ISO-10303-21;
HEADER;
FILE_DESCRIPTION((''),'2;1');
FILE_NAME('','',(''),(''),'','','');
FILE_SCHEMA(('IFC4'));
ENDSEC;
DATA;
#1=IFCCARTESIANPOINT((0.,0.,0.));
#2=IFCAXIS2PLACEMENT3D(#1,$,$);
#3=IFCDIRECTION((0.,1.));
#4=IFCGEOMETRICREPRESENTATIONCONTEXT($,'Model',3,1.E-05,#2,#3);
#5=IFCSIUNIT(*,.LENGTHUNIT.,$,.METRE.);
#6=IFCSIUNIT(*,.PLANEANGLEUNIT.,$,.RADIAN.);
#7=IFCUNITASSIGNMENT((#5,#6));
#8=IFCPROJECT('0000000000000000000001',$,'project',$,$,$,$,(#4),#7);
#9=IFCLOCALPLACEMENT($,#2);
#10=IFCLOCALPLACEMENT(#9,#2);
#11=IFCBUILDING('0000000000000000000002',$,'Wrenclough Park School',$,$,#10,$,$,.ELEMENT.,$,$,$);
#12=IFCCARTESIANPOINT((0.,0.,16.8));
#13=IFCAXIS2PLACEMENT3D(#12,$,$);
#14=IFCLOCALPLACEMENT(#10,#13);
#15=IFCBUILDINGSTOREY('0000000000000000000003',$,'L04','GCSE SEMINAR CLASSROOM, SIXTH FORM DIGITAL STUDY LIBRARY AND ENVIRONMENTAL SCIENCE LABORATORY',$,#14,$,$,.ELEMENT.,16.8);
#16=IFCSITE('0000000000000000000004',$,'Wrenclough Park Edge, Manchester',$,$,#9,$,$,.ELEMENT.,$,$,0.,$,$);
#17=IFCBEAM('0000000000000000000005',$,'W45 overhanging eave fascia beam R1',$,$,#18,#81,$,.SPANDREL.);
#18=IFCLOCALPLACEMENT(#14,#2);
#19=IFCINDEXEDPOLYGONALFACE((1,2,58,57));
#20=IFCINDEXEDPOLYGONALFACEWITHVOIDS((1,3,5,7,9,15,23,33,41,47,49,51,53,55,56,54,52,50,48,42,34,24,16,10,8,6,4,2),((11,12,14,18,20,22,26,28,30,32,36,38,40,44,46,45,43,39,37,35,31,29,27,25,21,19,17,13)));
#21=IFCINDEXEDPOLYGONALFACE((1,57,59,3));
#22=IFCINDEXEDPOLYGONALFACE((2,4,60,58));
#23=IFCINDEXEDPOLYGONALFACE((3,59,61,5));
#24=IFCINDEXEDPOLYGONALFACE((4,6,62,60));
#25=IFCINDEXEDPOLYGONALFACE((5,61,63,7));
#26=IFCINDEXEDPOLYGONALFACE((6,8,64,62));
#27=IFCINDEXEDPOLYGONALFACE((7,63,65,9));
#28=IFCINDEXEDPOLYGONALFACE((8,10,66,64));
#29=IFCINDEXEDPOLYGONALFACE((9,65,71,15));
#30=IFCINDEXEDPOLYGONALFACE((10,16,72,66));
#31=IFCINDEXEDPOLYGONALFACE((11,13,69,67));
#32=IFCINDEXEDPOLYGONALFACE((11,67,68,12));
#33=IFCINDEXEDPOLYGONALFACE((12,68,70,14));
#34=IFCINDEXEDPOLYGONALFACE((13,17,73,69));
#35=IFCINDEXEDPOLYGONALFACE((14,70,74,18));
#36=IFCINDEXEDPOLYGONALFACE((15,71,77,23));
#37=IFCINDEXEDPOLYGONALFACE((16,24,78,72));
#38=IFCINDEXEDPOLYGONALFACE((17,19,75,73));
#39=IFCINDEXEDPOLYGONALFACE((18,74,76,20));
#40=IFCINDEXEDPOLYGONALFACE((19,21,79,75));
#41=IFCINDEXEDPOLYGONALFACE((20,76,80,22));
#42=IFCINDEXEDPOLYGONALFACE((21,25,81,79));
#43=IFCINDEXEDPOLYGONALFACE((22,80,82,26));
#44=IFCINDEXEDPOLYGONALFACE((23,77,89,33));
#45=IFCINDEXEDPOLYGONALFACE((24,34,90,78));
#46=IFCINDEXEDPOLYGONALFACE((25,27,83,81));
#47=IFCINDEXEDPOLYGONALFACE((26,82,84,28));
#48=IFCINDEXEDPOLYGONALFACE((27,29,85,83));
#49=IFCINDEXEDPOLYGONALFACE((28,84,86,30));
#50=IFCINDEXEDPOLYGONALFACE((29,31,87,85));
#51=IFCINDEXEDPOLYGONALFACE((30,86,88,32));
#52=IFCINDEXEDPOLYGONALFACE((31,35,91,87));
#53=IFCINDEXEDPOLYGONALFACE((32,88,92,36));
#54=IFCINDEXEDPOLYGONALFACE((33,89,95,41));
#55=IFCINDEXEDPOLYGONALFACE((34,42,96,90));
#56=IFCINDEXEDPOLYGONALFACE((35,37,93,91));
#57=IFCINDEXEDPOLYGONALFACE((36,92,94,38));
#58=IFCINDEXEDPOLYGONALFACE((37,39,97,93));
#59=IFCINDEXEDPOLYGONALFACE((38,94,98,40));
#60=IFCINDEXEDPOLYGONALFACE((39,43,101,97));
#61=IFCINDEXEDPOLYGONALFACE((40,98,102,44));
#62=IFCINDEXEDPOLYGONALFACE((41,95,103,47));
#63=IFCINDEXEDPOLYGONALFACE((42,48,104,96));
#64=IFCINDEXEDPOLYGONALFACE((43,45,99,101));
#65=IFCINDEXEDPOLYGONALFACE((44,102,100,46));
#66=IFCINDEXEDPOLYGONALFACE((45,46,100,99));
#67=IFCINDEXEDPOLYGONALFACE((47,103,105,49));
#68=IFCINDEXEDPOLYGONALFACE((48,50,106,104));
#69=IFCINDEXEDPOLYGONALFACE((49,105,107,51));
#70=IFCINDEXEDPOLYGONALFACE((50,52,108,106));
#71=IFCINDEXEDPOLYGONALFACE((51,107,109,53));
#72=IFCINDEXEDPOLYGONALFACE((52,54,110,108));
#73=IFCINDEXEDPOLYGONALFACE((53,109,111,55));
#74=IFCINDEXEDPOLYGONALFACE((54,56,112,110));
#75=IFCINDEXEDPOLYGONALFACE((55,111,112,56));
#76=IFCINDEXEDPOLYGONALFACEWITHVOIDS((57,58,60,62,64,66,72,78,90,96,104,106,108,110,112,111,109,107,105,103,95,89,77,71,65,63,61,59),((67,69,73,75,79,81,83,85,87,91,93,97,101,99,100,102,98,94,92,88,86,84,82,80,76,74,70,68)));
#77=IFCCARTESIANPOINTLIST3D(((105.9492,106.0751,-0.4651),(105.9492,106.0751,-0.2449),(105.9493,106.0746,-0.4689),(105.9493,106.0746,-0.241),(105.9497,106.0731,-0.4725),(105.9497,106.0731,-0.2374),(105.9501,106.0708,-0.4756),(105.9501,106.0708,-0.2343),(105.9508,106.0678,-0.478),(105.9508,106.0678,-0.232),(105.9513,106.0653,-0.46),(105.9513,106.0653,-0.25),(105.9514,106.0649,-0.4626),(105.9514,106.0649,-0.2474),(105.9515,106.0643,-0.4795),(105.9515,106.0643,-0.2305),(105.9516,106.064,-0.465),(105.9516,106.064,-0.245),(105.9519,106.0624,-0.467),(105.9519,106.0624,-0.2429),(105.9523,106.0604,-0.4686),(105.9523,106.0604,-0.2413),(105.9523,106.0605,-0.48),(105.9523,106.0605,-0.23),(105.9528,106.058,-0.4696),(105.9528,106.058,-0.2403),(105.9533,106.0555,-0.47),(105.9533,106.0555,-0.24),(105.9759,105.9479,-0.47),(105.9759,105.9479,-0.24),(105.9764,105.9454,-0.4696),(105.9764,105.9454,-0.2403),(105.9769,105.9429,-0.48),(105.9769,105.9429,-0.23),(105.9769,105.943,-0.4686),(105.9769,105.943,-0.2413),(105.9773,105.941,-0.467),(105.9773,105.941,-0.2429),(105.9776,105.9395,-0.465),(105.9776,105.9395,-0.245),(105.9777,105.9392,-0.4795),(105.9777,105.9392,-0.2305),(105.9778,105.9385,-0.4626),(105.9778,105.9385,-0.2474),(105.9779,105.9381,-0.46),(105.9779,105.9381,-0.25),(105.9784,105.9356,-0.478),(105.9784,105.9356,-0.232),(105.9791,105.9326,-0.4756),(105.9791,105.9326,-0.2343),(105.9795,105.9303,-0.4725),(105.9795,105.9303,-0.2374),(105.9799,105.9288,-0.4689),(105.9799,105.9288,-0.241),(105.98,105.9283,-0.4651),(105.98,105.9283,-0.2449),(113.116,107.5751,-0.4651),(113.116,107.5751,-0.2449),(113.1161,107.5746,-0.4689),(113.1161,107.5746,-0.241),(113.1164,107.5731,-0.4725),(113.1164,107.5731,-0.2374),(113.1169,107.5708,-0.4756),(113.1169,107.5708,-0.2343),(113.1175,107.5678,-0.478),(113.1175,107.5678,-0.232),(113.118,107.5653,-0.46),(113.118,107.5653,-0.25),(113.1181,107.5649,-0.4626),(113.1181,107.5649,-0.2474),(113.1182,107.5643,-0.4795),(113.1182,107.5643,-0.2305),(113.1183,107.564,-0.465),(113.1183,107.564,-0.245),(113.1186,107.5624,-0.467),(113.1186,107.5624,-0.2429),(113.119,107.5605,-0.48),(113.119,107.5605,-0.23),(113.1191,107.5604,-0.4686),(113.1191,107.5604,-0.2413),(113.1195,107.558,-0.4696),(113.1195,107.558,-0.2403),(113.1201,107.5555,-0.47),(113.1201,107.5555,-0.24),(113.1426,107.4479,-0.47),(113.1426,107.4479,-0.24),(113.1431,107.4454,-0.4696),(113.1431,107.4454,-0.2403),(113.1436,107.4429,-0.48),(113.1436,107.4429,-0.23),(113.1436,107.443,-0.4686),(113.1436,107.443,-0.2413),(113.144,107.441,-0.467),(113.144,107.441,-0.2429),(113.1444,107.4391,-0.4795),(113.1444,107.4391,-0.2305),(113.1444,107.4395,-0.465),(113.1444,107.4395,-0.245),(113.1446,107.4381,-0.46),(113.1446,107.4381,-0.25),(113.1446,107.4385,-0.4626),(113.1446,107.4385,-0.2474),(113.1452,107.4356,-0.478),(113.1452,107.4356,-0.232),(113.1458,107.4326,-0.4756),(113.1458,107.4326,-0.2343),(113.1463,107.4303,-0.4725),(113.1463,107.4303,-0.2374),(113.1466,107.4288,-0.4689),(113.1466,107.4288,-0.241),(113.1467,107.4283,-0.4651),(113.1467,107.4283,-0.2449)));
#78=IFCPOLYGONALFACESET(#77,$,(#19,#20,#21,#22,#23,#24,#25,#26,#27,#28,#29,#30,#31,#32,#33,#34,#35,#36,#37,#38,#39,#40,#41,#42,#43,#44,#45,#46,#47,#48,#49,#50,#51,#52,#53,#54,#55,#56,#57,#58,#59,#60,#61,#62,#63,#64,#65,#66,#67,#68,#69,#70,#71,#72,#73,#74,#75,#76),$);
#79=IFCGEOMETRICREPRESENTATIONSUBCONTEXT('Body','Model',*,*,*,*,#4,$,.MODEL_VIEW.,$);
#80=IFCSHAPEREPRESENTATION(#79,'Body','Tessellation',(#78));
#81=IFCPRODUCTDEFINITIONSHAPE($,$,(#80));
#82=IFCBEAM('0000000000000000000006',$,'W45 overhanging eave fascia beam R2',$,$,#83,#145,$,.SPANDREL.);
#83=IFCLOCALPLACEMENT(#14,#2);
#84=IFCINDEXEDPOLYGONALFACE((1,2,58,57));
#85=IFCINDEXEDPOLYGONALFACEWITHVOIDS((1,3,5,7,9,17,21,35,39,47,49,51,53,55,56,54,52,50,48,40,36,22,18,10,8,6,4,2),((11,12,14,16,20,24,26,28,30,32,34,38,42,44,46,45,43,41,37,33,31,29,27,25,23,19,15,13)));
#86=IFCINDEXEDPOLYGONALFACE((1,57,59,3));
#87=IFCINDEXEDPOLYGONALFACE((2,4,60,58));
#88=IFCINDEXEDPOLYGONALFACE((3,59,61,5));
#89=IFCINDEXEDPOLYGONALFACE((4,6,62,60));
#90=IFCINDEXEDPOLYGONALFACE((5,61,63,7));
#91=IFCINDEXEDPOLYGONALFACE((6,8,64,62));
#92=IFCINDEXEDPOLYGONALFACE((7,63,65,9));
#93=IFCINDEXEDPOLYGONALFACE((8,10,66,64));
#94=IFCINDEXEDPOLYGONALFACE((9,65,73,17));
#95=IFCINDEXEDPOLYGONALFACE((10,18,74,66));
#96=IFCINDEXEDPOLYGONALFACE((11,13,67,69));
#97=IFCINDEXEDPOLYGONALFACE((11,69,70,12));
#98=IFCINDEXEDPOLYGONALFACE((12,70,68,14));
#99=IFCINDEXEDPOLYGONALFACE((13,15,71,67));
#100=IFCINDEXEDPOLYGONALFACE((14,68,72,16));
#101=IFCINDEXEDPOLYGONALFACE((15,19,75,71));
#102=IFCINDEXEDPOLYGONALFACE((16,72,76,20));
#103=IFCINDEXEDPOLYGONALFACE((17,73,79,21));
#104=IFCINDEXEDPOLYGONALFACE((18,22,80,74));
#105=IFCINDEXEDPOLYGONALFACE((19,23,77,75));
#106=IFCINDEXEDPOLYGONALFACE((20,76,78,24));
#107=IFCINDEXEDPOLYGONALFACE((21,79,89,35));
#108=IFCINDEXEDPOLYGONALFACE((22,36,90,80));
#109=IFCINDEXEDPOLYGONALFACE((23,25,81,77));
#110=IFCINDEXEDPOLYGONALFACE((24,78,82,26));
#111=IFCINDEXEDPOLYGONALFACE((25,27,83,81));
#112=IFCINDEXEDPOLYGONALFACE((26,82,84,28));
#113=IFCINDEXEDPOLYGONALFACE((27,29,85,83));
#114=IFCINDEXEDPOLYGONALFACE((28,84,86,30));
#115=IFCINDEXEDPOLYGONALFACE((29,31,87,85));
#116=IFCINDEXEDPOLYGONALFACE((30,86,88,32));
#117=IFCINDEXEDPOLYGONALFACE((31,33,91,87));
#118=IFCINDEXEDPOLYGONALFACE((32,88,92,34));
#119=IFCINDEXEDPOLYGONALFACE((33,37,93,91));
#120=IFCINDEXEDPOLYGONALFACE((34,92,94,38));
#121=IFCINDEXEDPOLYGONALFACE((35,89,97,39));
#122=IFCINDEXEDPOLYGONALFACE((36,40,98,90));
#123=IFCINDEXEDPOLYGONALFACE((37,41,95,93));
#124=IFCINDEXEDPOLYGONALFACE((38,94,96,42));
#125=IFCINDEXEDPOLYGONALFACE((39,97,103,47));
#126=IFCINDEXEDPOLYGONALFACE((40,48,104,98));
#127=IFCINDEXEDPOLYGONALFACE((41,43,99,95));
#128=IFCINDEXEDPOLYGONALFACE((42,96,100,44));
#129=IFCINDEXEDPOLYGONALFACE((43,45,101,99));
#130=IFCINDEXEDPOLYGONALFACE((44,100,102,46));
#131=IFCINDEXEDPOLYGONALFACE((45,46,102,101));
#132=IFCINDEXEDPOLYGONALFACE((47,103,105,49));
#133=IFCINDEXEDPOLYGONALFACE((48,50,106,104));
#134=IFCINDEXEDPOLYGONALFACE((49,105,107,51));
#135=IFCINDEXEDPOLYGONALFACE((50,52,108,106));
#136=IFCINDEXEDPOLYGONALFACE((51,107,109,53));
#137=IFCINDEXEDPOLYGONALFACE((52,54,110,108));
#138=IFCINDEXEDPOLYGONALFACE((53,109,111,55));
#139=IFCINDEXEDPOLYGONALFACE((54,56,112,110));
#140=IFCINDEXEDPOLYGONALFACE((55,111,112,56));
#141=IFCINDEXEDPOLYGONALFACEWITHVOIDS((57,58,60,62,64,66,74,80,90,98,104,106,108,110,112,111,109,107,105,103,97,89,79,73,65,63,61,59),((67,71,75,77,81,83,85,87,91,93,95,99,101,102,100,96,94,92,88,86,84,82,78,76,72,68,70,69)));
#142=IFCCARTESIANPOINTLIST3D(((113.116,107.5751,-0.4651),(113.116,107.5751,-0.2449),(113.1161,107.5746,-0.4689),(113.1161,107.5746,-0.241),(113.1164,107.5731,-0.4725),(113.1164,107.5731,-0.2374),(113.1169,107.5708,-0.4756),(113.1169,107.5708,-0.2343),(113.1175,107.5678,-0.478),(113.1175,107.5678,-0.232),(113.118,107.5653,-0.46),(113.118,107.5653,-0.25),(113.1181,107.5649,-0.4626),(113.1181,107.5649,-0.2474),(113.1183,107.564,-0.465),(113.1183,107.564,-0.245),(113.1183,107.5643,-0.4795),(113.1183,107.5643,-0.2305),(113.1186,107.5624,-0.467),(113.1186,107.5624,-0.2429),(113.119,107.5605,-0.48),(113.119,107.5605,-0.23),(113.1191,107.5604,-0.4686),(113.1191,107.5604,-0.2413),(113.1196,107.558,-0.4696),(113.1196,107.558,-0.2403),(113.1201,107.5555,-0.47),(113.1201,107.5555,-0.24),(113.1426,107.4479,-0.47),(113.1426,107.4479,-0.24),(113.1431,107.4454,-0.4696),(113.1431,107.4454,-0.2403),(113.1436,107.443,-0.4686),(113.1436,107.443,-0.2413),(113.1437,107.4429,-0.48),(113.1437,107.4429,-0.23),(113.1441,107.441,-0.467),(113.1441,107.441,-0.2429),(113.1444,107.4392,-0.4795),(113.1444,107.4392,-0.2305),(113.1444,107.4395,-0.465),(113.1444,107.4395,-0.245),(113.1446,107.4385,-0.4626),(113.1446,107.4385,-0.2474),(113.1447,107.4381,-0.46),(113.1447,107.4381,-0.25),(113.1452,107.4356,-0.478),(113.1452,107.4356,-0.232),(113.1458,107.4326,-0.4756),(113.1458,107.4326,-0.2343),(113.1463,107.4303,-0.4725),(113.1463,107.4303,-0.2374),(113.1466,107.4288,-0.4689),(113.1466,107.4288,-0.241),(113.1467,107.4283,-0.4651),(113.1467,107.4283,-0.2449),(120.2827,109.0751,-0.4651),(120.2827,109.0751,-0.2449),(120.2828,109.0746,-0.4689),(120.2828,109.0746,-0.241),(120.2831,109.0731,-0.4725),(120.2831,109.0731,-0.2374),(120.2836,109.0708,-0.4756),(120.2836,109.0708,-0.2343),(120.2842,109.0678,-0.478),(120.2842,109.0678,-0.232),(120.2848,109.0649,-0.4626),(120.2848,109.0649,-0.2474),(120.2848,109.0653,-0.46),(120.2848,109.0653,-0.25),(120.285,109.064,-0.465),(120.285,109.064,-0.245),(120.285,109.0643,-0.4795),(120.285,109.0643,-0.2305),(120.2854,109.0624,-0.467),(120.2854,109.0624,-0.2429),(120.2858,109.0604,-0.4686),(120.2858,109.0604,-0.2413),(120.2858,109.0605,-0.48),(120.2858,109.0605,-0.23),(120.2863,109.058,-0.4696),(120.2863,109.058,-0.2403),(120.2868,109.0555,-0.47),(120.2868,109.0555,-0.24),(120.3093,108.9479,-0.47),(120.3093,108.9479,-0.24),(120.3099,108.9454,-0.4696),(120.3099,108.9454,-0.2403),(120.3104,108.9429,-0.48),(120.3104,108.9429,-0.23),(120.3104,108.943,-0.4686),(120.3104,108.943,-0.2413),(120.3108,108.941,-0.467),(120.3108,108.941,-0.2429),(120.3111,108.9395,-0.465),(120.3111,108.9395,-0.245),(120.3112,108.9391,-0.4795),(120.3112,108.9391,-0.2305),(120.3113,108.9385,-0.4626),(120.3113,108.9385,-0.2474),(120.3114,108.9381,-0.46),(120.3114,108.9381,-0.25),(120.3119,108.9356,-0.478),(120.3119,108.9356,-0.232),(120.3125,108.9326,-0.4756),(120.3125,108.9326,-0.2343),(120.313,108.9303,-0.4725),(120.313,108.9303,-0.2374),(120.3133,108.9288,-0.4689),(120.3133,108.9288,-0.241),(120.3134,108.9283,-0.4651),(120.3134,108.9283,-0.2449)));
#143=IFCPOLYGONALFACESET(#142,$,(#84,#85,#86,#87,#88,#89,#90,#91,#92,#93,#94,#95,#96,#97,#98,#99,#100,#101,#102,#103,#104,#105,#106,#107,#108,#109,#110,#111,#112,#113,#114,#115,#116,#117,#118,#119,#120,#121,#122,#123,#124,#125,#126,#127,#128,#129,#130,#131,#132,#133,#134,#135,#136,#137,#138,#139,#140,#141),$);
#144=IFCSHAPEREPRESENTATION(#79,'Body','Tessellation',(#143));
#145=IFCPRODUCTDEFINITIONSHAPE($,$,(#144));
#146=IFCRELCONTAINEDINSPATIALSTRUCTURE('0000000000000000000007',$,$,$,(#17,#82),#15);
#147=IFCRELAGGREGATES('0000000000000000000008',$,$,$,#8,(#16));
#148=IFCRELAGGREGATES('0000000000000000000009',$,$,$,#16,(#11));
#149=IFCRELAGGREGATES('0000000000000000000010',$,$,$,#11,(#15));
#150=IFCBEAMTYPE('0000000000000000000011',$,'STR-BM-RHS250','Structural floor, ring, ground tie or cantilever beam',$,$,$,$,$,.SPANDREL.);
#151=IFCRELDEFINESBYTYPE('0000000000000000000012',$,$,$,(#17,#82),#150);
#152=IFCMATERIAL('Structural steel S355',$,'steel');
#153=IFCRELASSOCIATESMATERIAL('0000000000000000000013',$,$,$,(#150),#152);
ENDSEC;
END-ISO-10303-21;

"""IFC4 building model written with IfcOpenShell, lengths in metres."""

from ifc_helpers import new_model, si_unit, direction, frame, origin, origin_2d, place, context, subcontext, project, spatial, hollow_rectangle, extrude, material, material_profile, profile_set, type_object, element, save


model = new_model("IFC4")

# Units and contexts
model_context = context("Model", 3, precision=1e-05, world=origin(), true_north=direction((0.0, 1.0)))
body_context = subcontext(model_context, "Body", "Model", "MODEL_VIEW")
ifc_project = project(units=[si_unit("LENGTHUNIT", "METRE"), si_unit("PLANEANGLEUNIT", "RADIAN")], contexts=[model_context])

# Site, building, storey
site_placement = place(None, origin())
site = spatial("IfcSite", under=ifc_project, at=site_placement, Name="Wrenclough Park Edge, Manchester", CompositionType="ELEMENT", RefElevation=0.0)
building_placement = place(site_placement, origin())
building = spatial("IfcBuilding", under=site, at=building_placement, Name="Wrenclough Park School", CompositionType="ELEMENT")
storey_placement = place(building_placement, frame((0.0, 0.0, 16.8)))
storey = spatial("IfcBuildingStorey", under=building, at=storey_placement, Name="L04", Description="GCSE SEMINAR CLASSROOM, SIXTH FORM DIGITAL STUDY LIBRARY AND ENVIRONMENTAL SCIENCE LABORATORY", CompositionType="ELEMENT", Elevation=16.8)

# Shared definitions
ifc_material_1 = material(Name="Structural steel S355", Category="steel")

# Beams
ifc_material_profile_1 = material_profile(ifc_material_1, hollow_rectangle(XDim=0.1499, YDim=0.25, WallThickness=0.01, InnerFilletRadius=0.01, OuterFilletRadius=0.0149, at=origin_2d()), Name="RHS 250x150x10.0")
ifc_profile_set_1 = profile_set([ifc_material_profile_1], Name="Structural steel S355")
beam_type_1 = type_object("IfcBeamType", Name="STR-BM-RHS250", Description="Structural floor, ring, ground tie or cantilever beam", PredefinedType="SPANDREL", material=ifc_profile_set_1)
for number, where, z_axis, x_axis, name in (
    (1, (105.9646, 106.0017, -0.355), (0.978791, 0.204861, 0.0), (-0.204861, 0.978791, 0.0), "W45 overhanging eave fascia beam R1"),
    (2, (113.1313, 107.5017, -0.355), (0.978791, 0.204861, 0.0), (-0.204861, 0.978791, 0.0), "W45 overhanging eave fascia beam R2"),
):
    element("IfcBeam", number, at=place(storey_placement, frame(where, z_axis=z_axis, x_axis=x_axis)), inside=storey, type_object=beam_type_1, Name=name, PredefinedType="SPANDREL", context=body_context, shape_type="SweptSolid", body=[
        extrude(hollow_rectangle(XDim=0.1499, YDim=0.25, WallThickness=0.01, InnerFilletRadius=0.01, OuterFilletRadius=0.0149, at=origin_2d()), origin(), (0.0, 0.0, 1.0), 7.322),
    ])

save(model, "model.ifc")
